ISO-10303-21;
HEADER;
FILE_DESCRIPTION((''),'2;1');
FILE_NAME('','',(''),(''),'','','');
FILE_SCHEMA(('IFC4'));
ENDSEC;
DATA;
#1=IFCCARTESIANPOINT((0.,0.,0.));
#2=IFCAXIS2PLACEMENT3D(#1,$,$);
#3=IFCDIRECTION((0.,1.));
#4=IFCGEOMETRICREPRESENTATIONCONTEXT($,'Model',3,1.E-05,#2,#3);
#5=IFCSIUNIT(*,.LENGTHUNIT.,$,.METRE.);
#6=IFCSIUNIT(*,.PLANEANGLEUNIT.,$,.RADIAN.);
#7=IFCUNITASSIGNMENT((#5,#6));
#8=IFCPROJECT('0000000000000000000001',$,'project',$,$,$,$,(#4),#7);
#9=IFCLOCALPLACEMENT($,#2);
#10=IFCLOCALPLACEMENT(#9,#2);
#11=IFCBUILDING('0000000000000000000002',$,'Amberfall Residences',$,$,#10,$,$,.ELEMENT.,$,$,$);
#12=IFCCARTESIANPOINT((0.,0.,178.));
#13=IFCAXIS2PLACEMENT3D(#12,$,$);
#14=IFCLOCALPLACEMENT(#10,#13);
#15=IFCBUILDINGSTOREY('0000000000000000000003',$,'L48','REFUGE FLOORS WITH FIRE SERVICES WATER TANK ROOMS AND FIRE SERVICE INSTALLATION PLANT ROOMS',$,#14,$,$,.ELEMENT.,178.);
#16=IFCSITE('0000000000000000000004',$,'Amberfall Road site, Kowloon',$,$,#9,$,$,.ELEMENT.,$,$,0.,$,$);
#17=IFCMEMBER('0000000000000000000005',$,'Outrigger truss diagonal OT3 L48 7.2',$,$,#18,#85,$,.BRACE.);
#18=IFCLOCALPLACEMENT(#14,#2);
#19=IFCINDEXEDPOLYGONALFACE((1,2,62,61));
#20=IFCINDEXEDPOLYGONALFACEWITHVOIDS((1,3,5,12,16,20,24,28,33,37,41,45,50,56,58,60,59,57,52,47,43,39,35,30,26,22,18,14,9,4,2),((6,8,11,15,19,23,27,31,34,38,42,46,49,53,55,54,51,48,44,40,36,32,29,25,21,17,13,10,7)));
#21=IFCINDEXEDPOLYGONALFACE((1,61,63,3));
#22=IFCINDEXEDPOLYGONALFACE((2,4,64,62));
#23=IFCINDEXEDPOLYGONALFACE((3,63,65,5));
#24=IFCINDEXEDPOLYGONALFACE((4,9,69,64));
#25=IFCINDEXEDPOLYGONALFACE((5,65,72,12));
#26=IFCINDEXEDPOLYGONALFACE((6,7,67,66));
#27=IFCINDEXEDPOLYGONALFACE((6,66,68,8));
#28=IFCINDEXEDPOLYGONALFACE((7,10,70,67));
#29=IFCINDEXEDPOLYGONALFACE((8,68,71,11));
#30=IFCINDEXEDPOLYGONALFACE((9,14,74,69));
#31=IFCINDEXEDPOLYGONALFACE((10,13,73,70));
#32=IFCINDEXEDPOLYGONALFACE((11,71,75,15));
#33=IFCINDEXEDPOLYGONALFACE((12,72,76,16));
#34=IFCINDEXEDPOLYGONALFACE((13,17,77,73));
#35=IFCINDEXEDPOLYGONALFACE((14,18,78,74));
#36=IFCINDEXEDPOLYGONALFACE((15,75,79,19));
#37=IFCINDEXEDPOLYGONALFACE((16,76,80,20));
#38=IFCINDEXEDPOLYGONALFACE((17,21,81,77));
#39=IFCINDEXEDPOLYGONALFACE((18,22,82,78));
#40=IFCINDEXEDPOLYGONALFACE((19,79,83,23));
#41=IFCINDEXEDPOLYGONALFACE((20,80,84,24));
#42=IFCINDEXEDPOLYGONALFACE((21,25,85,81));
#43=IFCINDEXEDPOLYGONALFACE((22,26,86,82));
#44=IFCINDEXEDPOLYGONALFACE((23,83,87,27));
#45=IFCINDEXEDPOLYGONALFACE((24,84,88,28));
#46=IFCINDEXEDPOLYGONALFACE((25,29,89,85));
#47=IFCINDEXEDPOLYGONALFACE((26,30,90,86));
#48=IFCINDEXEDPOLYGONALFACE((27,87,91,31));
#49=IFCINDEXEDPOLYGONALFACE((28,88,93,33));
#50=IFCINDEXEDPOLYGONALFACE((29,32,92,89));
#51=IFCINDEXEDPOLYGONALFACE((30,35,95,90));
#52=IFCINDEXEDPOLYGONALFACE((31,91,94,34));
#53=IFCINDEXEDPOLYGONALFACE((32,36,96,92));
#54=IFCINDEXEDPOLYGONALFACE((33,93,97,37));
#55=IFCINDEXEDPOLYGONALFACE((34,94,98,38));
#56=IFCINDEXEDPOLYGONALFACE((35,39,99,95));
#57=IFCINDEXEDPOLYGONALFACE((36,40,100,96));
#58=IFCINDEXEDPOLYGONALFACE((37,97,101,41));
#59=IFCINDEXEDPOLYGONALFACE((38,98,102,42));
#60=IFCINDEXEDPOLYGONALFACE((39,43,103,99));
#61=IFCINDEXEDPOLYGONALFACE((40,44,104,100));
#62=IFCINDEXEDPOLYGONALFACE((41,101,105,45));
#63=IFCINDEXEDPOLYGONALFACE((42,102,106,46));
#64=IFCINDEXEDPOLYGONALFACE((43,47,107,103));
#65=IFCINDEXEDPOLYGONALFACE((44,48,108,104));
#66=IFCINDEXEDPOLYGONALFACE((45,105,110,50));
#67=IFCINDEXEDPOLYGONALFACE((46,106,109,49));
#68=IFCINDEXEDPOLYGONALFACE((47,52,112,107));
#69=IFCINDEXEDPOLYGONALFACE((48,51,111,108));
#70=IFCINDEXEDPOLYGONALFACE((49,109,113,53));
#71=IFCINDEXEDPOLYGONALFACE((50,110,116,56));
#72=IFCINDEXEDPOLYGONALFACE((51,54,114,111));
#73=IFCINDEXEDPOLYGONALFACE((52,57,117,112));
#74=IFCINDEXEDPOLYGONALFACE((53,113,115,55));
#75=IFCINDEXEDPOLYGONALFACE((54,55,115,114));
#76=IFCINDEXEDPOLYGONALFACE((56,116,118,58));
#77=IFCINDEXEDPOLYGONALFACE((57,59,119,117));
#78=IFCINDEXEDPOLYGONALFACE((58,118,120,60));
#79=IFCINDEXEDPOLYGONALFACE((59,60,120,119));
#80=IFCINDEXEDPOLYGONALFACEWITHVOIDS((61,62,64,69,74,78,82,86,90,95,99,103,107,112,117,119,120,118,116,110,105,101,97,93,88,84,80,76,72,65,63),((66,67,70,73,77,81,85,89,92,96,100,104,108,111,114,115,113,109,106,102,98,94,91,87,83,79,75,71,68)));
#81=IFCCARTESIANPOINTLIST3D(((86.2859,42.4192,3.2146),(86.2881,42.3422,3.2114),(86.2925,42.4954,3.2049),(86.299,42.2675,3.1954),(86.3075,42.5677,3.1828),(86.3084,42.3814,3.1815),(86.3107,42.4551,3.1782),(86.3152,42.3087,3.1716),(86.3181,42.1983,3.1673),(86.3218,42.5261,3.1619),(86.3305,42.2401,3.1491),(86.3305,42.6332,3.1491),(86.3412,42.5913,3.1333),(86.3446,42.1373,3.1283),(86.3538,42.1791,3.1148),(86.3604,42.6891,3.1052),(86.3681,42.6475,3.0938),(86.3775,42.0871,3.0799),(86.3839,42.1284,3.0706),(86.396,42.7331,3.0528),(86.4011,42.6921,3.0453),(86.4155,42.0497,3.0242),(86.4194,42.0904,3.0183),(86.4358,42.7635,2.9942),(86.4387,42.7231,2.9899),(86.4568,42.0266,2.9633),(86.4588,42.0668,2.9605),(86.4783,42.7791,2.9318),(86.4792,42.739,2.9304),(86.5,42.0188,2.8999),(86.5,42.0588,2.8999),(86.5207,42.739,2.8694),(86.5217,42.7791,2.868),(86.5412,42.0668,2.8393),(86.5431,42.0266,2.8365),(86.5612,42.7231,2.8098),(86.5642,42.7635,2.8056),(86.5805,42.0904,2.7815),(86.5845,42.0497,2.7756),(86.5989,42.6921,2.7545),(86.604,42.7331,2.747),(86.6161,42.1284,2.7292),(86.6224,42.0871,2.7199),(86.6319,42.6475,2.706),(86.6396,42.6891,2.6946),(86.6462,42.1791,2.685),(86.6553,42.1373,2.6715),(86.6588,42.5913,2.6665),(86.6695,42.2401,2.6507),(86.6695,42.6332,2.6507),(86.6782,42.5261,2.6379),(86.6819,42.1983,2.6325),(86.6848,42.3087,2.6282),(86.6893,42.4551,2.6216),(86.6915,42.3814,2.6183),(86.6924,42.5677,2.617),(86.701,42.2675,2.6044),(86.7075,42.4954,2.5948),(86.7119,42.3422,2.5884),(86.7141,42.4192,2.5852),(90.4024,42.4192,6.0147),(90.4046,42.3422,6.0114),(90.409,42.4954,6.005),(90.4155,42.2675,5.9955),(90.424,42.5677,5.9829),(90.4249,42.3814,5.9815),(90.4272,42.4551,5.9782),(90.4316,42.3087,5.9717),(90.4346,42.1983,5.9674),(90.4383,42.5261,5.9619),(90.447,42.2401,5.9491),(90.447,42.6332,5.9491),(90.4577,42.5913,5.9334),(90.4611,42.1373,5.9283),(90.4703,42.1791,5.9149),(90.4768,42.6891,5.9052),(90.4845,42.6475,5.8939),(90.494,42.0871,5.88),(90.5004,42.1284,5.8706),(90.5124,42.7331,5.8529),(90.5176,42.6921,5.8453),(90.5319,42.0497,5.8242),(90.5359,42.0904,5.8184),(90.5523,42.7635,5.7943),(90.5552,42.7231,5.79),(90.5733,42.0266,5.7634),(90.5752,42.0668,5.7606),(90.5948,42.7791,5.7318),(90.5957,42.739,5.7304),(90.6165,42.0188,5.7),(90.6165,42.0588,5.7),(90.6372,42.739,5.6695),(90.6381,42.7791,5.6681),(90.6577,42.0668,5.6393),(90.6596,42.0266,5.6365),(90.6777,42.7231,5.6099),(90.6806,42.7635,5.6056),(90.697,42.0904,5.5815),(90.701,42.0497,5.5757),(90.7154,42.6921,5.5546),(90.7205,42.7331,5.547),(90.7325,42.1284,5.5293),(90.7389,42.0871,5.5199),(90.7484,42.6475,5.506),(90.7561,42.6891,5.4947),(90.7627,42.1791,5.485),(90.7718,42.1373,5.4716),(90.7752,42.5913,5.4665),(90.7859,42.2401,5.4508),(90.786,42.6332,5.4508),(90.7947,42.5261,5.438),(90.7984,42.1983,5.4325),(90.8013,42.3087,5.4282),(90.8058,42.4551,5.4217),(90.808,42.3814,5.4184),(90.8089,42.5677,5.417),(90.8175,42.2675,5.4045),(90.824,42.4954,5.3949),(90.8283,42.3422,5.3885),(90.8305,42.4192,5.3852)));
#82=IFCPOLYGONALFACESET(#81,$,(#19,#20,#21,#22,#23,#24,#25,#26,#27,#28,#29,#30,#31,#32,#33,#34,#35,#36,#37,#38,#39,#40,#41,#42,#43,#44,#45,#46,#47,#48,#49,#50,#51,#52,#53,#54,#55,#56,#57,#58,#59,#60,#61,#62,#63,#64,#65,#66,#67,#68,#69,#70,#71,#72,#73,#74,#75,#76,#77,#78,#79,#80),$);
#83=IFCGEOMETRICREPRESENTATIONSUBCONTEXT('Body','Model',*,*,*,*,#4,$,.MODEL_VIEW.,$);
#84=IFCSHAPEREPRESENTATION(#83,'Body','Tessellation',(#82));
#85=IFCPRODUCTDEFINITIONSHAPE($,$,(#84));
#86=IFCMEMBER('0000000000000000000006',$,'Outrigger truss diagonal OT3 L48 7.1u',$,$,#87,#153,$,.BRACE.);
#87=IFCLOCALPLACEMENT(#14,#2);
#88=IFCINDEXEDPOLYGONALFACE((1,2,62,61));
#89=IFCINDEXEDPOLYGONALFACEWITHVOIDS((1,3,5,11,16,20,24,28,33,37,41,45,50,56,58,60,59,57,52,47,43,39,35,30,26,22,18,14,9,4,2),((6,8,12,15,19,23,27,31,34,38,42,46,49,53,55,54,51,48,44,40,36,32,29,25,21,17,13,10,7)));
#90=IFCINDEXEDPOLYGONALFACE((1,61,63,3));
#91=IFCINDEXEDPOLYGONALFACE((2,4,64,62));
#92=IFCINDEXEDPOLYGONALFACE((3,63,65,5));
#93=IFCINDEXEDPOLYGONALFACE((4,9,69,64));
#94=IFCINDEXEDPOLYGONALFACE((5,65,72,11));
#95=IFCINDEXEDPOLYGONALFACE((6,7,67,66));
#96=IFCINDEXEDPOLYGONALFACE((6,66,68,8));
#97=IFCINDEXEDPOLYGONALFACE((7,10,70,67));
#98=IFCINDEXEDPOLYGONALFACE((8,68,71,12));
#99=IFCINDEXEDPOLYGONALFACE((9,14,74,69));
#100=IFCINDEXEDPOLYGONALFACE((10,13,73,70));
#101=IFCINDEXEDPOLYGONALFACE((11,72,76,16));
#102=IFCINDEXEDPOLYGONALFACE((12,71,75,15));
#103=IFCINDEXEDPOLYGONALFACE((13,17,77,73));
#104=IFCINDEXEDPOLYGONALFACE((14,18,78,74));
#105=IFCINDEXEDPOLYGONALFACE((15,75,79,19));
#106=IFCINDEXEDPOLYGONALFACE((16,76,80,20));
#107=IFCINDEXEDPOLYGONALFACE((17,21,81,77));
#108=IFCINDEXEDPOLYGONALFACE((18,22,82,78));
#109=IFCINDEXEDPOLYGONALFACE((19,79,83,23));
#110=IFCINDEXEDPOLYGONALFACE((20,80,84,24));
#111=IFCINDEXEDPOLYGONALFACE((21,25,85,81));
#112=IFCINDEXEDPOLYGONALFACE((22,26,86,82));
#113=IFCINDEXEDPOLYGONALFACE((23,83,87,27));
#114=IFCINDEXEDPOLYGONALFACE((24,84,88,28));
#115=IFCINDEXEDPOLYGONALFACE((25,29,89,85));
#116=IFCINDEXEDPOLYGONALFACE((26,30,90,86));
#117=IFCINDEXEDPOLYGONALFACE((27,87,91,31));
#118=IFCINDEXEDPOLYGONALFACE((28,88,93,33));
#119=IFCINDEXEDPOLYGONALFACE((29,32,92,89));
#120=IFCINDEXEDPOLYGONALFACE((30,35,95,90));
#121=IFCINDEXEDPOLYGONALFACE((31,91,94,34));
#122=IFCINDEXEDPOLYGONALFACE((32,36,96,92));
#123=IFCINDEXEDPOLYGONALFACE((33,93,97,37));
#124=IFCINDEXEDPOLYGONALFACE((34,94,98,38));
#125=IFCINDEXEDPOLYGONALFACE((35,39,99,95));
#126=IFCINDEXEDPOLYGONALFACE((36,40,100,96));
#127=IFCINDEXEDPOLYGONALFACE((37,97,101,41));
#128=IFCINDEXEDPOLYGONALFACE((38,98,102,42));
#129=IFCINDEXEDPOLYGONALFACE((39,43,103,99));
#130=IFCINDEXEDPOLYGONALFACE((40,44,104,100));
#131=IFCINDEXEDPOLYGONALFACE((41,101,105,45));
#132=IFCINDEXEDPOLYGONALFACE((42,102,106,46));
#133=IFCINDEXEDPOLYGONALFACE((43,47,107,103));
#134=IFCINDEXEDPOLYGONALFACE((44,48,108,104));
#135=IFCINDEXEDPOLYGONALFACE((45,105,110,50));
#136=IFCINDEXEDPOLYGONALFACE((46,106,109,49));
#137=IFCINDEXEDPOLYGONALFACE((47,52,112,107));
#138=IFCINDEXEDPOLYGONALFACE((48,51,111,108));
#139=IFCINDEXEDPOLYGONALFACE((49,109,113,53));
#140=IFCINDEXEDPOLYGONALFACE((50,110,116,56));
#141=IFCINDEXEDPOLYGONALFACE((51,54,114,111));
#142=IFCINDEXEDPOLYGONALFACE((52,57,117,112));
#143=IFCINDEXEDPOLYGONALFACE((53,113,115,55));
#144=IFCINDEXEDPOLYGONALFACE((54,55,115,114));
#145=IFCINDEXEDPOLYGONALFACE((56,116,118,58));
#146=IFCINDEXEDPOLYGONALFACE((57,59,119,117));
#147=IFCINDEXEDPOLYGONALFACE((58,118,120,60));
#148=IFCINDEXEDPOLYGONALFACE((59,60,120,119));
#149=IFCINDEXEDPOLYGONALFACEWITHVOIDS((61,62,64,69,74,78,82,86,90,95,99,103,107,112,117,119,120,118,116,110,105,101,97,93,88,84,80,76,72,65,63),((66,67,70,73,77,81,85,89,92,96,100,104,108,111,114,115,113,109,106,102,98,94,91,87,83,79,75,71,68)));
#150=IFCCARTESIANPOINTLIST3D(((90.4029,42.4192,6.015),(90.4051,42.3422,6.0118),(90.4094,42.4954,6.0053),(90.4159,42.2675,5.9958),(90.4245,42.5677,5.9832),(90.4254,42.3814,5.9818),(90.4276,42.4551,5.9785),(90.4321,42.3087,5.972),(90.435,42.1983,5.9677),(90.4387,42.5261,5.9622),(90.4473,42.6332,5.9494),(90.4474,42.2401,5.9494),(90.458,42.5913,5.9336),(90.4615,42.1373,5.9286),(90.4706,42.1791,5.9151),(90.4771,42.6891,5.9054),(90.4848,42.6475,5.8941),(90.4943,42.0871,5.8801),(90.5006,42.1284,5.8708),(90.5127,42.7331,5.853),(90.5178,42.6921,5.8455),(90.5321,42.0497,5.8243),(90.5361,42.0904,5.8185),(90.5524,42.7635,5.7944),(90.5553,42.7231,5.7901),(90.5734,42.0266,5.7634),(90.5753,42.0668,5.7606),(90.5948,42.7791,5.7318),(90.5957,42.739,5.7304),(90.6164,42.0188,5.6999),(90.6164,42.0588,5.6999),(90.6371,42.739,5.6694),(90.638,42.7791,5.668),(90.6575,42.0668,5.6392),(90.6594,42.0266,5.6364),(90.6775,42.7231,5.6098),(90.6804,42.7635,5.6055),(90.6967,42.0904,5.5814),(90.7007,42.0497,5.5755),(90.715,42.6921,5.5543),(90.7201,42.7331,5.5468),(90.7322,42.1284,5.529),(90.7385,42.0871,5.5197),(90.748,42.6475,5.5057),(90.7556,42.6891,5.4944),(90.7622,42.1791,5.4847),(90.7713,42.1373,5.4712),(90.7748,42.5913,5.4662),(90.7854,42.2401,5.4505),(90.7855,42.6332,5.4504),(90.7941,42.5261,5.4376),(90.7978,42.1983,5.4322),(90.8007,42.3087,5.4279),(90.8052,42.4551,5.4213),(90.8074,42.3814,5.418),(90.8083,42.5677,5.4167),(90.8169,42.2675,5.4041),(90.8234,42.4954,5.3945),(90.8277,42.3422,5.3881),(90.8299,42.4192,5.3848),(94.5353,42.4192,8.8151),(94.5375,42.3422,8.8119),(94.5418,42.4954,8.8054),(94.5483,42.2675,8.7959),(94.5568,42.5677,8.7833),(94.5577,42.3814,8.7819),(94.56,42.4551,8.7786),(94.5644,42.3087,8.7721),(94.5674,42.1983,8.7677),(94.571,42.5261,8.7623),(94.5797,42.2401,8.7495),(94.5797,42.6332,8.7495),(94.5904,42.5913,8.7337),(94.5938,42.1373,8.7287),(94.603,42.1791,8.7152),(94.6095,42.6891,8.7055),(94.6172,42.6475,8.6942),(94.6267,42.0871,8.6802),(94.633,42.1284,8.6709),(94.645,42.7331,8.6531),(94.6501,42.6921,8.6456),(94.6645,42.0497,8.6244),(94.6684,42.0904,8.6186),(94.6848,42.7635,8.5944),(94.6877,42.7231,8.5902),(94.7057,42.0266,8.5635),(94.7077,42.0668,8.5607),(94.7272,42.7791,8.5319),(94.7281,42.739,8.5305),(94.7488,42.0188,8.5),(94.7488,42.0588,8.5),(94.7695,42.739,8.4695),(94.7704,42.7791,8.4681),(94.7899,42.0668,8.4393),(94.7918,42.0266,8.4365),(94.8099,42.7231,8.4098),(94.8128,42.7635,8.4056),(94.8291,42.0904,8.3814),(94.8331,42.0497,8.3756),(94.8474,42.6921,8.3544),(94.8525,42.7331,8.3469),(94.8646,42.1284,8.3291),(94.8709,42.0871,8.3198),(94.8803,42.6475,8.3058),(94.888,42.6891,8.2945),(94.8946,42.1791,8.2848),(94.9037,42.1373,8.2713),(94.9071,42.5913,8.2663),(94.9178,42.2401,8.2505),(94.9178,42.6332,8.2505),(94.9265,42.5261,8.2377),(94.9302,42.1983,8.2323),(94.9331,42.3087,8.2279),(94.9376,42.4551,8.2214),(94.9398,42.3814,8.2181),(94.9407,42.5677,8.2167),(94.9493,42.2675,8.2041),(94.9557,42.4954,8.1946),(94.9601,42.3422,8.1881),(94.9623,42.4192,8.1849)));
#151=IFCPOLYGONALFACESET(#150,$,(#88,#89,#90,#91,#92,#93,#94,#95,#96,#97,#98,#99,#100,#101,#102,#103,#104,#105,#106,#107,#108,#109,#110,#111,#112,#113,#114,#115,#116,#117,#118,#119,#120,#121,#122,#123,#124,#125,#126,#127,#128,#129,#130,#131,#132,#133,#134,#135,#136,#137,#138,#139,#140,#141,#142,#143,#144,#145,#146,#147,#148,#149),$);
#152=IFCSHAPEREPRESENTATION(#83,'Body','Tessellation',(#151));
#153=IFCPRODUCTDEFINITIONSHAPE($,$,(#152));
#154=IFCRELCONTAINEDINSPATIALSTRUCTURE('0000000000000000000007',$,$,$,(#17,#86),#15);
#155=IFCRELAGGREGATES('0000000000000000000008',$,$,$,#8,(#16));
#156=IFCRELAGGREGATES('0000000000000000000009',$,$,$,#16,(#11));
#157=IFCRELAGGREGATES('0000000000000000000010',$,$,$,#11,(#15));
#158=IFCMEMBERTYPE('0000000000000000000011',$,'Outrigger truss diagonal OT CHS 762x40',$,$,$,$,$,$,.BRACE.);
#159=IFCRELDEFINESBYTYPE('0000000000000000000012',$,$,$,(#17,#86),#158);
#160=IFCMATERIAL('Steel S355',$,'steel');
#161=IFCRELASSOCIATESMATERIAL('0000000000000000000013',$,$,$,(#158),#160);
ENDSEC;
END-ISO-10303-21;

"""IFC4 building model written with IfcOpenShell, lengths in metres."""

from ifc_helpers import new_model, si_unit, direction, frame, origin, origin_2d, place, context, subcontext, project, spatial, hollow_circle, extrude, material, material_profile, profile_set, type_object, element, save


model = new_model("IFC4")

# Units and contexts
model_context = context("Model", 3, precision=1e-05, world=origin(), true_north=direction((0.0, 1.0)))
body_context = subcontext(model_context, "Body", "Model", "MODEL_VIEW")
ifc_project = project(units=[si_unit("LENGTHUNIT", "METRE"), si_unit("PLANEANGLEUNIT", "RADIAN")], contexts=[model_context])

# Site, building, storey
site_placement = place(None, origin())
site = spatial("IfcSite", under=ifc_project, at=site_placement, Name="Amberfall Road site, Kowloon", CompositionType="ELEMENT", RefElevation=0.0)
building_placement = place(site_placement, origin())
building = spatial("IfcBuilding", under=site, at=building_placement, Name="Amberfall Residences", CompositionType="ELEMENT")
storey_placement = place(building_placement, frame((0.0, 0.0, 178.0)))
storey = spatial("IfcBuildingStorey", under=building, at=storey_placement, Name="L48", Description="REFUGE FLOORS WITH FIRE SERVICES WATER TANK ROOMS AND FIRE SERVICE INSTALLATION PLANT ROOMS", CompositionType="ELEMENT", Elevation=178.0)

# Shared definitions
ifc_material_1 = material(Name="Steel S355", Category="steel")

# Members
ifc_material_profile_1 = material_profile(ifc_material_1, hollow_circle(Radius=0.3811, WallThickness=0.04, at=origin_2d()), Name="CHS 762x40")
ifc_profile_set_1 = profile_set([ifc_material_profile_1], Name="Steel S355")
member_type_1 = type_object("IfcMemberType", Name="Outrigger truss diagonal OT CHS 762x40", PredefinedType="BRACE", material=ifc_profile_set_1)
member_1_placement = place(storey_placement, frame((90.6165, 42.3999, 5.7), z_axis=(-0.826846, 0.0, -0.562428), x_axis=(0.0, -1.0, 0.0)))
element("IfcMember", 1, at=member_1_placement, inside=storey, type_object=member_type_1, Name="Outrigger truss diagonal OT3 L48 7.2", PredefinedType="BRACE", context=body_context, shape_type="SweptSolid", body=[
    extrude(hollow_circle(Radius=0.3811, WallThickness=0.04, at=origin_2d()), origin(), (0.0, 0.0, 1.0), 4.9785),
])
member_2_placement = place(storey_placement, frame((94.7488, 42.3999, 8.5), z_axis=(-0.827851, 0.0, -0.560949), x_axis=(0.0, -1.0, 0.0)))
element("IfcMember", 2, at=member_2_placement, inside=storey, type_object=member_type_1, Name="Outrigger truss diagonal OT3 L48 7.1u", PredefinedType="BRACE", context=body_context, shape_type="SweptSolid", body=[
    extrude(hollow_circle(Radius=0.3811, WallThickness=0.04, at=origin_2d()), origin(), (0.0, 0.0, 1.0), 4.9917),
])

save(model, "model.ifc")
